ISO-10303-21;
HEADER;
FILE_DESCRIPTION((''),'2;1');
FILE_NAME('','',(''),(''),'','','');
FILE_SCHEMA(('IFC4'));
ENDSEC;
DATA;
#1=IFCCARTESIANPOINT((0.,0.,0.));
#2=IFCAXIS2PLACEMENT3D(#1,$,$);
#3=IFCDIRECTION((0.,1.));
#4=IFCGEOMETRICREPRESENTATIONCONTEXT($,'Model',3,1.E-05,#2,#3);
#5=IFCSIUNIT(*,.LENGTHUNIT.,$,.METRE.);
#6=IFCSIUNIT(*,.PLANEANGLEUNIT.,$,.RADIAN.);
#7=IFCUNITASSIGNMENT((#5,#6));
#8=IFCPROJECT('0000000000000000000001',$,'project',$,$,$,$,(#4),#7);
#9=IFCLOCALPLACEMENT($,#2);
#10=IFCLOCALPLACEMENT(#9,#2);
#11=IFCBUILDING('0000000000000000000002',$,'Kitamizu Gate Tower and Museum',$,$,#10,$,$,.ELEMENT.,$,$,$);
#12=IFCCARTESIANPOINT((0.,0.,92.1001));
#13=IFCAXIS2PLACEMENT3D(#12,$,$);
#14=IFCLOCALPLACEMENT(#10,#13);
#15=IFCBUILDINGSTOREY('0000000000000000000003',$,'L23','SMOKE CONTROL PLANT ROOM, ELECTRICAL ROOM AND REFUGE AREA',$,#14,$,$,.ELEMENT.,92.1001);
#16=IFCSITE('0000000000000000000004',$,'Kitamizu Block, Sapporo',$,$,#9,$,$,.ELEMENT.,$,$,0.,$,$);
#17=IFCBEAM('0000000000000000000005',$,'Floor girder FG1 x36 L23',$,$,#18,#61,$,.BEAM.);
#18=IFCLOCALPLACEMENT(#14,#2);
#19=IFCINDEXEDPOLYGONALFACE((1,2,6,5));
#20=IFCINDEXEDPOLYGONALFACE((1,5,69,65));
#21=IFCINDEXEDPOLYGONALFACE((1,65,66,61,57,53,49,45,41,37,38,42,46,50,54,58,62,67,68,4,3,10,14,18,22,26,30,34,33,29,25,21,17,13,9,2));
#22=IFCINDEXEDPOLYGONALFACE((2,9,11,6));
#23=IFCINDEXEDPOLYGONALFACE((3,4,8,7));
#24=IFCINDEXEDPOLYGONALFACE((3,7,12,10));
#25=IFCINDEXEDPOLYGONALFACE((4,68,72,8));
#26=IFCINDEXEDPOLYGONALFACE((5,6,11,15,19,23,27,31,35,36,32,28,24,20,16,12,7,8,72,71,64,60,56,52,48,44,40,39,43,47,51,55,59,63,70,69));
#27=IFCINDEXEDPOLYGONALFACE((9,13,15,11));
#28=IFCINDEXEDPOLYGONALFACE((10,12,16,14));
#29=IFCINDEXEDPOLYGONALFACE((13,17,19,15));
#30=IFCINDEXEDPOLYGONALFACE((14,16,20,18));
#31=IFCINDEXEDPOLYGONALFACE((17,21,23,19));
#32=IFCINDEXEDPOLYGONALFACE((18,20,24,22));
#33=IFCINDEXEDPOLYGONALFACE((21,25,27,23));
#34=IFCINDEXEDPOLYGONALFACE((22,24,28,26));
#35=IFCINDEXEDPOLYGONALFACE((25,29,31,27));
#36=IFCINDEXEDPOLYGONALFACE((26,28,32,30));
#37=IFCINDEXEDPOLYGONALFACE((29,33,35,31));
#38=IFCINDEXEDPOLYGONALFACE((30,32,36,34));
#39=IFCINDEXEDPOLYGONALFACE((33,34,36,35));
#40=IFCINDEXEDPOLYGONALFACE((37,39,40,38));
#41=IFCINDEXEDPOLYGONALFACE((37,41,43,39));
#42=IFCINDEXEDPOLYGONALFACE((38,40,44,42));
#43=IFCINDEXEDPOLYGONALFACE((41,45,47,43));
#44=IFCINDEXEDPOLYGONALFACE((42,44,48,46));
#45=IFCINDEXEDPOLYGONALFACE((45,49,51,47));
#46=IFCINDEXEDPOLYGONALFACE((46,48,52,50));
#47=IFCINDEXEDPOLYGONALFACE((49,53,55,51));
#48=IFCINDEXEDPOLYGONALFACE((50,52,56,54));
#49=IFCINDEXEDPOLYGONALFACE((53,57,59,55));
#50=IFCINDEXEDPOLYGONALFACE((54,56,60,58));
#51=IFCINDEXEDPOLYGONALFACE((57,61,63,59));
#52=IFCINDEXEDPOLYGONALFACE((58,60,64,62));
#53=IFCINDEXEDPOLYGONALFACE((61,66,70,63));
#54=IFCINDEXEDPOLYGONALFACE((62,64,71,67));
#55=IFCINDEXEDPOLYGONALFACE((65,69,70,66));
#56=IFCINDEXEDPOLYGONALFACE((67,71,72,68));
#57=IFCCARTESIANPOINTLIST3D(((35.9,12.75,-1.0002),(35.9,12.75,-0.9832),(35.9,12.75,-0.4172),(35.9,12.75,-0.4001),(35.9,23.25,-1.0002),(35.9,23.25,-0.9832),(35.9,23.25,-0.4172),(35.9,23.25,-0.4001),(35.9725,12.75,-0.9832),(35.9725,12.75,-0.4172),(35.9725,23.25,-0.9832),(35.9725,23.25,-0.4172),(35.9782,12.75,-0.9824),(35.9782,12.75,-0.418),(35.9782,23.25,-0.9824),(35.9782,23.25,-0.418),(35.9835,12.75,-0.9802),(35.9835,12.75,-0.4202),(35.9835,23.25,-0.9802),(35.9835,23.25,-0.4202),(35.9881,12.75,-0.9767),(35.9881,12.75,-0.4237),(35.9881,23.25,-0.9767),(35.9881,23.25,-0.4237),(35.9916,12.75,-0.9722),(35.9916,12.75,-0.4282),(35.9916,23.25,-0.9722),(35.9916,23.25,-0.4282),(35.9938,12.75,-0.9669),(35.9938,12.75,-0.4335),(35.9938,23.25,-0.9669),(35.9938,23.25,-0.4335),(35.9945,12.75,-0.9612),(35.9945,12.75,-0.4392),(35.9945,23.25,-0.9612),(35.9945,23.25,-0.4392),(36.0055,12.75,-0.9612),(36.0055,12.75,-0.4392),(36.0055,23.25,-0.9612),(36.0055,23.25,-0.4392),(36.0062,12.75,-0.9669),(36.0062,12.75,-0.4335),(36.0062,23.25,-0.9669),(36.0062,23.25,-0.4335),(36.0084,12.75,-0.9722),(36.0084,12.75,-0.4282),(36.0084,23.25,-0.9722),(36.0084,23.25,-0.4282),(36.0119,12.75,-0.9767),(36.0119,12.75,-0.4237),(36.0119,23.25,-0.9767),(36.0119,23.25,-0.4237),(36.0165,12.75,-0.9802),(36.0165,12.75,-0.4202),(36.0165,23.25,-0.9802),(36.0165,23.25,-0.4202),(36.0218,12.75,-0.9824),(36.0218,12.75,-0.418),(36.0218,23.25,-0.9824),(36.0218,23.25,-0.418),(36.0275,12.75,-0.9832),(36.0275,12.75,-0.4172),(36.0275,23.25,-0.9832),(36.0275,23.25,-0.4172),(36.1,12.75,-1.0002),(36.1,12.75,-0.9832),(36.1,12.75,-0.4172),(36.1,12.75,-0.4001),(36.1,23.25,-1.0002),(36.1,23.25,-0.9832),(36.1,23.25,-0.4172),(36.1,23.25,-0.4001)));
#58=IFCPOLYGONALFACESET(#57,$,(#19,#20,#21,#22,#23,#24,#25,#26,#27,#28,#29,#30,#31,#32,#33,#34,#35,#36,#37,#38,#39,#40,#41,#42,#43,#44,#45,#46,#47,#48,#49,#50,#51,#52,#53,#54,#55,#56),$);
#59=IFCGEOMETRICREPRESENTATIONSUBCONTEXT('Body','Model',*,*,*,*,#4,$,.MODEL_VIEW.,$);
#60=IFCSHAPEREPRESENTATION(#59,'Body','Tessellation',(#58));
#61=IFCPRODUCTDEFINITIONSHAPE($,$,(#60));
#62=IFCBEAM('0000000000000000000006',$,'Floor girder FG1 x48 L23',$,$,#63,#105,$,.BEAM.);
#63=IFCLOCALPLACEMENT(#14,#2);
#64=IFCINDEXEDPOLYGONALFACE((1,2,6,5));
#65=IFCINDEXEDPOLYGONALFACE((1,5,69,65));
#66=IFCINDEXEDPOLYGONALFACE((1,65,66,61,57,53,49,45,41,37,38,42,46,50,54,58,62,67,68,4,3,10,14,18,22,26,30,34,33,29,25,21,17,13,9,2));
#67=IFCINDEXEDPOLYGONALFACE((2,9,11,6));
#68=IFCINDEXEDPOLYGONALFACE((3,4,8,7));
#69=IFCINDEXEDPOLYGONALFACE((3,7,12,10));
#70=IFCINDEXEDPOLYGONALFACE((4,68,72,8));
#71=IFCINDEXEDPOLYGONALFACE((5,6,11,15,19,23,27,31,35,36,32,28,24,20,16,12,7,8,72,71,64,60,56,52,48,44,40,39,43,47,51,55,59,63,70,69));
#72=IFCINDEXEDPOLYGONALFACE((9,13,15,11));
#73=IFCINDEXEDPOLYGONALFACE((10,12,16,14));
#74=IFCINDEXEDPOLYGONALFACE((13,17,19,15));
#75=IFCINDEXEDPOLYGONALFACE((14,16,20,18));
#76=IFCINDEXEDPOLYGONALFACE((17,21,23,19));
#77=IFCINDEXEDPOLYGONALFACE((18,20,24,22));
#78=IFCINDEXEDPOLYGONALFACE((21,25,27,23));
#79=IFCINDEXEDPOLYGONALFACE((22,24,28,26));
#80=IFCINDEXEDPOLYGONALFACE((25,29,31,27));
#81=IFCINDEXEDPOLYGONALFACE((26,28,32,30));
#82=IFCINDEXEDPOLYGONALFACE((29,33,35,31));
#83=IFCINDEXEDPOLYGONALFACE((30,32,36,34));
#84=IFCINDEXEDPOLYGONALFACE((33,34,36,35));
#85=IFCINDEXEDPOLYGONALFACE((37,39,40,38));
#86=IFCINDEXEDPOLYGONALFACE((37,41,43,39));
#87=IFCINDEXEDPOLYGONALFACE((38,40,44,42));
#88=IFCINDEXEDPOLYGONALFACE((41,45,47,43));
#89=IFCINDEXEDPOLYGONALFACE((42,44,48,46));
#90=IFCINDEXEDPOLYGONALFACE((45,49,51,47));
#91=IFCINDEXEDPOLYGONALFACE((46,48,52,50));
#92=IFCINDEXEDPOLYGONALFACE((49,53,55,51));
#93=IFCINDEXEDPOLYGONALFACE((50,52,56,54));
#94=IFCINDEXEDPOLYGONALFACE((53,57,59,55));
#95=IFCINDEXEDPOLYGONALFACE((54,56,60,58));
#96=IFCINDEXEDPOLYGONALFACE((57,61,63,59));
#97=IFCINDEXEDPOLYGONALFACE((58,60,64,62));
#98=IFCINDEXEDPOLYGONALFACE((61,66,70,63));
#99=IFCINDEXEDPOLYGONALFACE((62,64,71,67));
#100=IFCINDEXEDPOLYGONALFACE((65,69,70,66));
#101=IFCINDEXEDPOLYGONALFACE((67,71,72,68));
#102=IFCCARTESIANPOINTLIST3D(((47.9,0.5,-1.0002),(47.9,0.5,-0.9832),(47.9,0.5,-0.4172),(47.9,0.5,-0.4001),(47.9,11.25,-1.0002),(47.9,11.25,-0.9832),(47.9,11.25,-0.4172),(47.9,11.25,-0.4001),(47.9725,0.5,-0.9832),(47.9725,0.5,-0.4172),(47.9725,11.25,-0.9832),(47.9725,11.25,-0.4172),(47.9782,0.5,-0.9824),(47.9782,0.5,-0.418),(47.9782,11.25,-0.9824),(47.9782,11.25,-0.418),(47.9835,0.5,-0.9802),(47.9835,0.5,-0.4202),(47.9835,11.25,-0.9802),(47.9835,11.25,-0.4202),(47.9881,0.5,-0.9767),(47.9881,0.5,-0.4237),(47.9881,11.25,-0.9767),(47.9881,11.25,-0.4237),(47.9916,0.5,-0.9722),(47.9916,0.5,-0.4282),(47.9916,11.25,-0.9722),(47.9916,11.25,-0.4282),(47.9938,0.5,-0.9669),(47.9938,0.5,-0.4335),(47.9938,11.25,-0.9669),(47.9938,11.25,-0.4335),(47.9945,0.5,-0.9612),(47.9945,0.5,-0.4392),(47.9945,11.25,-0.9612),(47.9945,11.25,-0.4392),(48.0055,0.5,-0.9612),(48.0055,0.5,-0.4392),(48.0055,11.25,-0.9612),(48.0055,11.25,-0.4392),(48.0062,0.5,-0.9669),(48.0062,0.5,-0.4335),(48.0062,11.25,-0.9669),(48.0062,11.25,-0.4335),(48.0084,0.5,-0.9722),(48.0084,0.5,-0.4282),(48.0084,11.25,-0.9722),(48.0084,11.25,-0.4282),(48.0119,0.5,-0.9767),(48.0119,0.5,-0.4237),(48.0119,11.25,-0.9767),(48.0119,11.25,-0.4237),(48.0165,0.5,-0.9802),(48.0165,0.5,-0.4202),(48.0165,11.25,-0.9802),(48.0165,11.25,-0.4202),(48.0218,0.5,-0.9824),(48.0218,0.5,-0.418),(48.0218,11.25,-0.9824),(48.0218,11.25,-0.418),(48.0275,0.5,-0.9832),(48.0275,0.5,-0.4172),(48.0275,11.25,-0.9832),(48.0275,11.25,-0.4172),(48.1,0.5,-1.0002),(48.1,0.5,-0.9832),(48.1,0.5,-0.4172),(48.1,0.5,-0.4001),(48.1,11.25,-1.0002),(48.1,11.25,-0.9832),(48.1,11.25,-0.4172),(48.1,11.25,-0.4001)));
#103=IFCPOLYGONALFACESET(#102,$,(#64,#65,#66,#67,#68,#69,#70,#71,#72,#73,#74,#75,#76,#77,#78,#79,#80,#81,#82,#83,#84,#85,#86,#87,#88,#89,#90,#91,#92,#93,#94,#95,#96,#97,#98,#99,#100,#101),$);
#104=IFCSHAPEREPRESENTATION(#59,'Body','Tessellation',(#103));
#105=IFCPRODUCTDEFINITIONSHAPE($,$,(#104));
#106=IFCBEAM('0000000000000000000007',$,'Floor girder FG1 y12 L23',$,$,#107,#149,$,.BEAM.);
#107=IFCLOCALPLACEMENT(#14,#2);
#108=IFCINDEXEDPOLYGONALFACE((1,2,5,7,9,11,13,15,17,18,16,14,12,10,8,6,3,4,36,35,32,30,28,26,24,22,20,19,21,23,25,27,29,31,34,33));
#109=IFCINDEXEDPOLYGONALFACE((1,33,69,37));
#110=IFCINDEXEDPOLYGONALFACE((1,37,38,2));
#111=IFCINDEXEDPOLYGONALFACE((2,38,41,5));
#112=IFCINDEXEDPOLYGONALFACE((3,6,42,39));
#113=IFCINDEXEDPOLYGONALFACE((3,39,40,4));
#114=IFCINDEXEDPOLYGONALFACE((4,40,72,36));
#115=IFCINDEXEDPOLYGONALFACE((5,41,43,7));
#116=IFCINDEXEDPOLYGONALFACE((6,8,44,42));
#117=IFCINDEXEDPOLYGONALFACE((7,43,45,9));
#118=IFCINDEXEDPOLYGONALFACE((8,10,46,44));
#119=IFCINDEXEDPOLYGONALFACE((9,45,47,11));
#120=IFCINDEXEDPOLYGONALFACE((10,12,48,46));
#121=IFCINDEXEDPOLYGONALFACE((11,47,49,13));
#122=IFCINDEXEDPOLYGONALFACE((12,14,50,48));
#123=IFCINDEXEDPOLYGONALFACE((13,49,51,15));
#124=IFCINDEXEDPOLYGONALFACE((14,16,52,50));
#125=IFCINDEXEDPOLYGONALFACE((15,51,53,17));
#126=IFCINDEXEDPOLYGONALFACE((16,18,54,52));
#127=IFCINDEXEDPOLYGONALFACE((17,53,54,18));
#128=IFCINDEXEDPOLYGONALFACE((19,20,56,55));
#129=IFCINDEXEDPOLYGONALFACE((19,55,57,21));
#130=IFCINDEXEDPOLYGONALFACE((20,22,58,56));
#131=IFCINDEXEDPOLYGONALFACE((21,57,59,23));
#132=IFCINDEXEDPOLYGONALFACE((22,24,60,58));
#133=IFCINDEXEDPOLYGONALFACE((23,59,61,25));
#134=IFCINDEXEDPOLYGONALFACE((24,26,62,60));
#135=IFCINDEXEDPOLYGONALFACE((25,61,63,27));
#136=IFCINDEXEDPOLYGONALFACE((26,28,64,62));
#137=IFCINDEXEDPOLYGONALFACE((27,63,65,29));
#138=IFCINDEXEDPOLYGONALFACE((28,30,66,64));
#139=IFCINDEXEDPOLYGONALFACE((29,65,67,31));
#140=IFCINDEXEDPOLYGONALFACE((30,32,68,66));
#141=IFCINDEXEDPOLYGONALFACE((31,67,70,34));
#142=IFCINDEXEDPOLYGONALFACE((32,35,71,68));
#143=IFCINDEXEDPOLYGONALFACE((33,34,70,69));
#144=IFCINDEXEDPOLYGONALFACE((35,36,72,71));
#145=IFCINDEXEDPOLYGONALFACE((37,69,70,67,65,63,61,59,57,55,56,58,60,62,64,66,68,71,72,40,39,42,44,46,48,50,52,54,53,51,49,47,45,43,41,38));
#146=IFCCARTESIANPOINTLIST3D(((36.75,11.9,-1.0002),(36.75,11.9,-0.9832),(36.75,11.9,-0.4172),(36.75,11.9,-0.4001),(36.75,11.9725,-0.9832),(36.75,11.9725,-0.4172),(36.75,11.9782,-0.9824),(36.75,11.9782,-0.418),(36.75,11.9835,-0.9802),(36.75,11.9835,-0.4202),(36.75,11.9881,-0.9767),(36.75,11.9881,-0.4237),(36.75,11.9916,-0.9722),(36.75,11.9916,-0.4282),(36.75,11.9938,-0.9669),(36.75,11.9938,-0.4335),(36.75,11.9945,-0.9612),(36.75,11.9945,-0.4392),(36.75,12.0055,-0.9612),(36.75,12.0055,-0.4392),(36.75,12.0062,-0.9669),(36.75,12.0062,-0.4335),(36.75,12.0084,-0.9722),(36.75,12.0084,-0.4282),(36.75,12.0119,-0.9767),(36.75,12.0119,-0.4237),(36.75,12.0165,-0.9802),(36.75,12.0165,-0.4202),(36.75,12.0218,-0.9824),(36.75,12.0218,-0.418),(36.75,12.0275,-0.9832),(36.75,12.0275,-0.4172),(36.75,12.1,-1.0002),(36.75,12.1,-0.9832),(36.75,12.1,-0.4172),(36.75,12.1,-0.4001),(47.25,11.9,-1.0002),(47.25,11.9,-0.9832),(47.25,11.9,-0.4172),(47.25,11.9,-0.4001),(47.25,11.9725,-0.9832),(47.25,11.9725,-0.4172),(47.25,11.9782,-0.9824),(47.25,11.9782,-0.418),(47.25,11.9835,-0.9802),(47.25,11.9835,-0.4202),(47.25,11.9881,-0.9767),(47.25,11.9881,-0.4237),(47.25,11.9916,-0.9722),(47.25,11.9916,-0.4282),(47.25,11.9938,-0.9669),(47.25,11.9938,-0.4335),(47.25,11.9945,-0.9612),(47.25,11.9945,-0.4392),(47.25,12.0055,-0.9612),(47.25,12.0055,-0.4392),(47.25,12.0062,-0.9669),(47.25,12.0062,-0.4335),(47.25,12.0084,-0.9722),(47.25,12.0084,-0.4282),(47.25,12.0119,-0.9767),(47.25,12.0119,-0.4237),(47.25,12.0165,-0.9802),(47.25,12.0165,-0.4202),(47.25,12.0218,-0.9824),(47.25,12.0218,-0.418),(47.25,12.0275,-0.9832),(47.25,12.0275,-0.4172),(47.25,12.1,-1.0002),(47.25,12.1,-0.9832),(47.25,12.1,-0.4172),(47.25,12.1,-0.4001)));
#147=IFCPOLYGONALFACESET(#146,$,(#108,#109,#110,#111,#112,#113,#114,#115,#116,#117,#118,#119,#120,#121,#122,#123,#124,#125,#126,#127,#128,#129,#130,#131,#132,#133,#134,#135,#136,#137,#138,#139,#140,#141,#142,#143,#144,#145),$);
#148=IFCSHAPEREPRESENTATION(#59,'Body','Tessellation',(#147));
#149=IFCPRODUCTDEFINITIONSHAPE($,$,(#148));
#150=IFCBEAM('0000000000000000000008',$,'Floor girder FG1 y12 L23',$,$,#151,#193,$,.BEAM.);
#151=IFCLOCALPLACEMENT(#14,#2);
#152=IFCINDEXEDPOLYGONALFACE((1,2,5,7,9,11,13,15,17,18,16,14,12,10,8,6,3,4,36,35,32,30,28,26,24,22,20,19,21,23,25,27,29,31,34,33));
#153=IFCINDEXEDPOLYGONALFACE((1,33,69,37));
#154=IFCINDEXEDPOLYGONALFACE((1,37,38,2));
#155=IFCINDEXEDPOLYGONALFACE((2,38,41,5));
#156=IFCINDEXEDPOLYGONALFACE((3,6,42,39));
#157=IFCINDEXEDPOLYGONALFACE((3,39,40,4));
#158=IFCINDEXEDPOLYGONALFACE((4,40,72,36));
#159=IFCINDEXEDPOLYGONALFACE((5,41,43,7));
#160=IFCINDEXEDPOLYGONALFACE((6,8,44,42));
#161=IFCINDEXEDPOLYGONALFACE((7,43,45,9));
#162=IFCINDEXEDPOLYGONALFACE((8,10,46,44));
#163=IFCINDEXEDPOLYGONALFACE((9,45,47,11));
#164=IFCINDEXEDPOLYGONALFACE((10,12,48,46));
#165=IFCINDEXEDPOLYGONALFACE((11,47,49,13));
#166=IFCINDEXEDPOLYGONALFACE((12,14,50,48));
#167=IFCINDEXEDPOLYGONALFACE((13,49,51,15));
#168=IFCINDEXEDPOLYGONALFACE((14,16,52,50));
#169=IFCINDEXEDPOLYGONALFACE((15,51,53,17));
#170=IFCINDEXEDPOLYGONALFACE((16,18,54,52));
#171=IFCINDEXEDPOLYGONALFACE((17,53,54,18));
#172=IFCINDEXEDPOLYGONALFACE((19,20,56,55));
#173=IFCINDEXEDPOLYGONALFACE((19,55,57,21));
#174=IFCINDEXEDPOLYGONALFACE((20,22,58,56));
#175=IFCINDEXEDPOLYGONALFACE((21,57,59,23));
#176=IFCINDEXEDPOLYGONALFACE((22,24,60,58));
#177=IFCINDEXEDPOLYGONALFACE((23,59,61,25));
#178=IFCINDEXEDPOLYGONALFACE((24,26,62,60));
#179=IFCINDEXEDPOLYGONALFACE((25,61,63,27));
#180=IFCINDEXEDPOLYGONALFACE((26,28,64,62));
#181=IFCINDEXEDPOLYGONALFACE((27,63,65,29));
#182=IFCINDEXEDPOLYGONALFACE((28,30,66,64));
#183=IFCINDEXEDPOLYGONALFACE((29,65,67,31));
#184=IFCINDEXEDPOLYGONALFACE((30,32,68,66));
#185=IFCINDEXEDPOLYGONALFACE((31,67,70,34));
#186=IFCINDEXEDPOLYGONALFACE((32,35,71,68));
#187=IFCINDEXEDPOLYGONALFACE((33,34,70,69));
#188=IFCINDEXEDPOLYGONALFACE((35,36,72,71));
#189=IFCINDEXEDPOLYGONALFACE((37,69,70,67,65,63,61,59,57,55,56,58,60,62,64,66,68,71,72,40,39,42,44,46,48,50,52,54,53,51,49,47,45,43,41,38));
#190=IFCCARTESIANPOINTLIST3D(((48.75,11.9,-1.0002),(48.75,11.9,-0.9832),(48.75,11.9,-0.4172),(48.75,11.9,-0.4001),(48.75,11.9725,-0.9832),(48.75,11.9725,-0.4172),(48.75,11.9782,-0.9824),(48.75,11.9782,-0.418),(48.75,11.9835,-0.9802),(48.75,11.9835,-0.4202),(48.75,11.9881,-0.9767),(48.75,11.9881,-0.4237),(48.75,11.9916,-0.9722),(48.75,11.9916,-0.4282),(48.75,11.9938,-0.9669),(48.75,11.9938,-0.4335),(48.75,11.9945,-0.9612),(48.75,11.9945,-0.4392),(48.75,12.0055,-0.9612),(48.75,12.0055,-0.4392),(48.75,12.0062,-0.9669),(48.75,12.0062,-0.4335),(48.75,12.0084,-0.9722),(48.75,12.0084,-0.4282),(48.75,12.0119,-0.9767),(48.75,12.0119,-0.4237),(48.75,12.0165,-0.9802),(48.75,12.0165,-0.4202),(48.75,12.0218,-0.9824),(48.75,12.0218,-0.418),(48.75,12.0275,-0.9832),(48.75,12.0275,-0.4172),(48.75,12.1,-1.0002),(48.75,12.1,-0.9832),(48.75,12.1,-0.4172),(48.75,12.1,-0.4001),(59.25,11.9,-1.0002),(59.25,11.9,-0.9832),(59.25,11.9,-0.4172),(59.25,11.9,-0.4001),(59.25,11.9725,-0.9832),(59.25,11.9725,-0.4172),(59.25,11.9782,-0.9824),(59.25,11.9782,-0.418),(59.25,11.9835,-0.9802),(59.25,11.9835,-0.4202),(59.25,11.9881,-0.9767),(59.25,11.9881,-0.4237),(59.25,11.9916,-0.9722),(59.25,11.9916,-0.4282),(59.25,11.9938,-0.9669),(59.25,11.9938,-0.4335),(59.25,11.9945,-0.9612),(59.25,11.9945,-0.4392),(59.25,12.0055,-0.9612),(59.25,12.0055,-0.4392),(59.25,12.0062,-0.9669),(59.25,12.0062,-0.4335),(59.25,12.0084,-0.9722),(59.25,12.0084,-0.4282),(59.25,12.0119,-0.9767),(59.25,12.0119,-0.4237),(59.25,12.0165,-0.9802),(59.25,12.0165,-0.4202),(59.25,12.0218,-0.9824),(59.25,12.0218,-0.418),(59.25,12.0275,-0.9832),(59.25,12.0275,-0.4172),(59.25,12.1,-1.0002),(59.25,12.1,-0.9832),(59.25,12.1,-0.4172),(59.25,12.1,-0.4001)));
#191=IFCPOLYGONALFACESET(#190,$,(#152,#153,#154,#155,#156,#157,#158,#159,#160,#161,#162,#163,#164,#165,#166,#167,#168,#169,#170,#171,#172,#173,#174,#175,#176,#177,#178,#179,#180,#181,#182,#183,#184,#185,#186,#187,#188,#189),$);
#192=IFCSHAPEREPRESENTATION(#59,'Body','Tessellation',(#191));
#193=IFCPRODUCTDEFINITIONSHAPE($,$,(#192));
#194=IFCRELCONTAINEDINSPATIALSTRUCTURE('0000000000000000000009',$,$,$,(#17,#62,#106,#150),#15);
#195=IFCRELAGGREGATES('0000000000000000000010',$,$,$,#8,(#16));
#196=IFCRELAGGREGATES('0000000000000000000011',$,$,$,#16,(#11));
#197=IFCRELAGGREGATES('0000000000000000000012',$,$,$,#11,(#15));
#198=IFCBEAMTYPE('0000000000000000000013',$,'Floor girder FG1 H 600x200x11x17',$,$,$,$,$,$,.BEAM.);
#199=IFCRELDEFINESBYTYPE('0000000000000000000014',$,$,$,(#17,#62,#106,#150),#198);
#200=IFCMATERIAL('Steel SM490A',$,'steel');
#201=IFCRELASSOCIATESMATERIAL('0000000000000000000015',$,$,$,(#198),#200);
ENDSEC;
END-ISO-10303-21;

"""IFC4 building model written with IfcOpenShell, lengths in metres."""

from ifc_helpers import new_model, si_unit, direction, frame, origin, origin_2d, place, context, subcontext, project, spatial, i_section, extrude, material, material_profile, profile_set, type_object, element, save


model = new_model("IFC4")

# Units and contexts
model_context = context("Model", 3, precision=1e-05, world=origin(), true_north=direction((0.0, 1.0)))
body_context = subcontext(model_context, "Body", "Model", "MODEL_VIEW")
ifc_project = project(units=[si_unit("LENGTHUNIT", "METRE"), si_unit("PLANEANGLEUNIT", "RADIAN")], contexts=[model_context])

# Site, building, storey
site_placement = place(None, origin())
site = spatial("IfcSite", under=ifc_project, at=site_placement, Name="Kitamizu Block, Sapporo", CompositionType="ELEMENT", RefElevation=0.0)
building_placement = place(site_placement, origin())
building = spatial("IfcBuilding", under=site, at=building_placement, Name="Kitamizu Gate Tower and Museum", CompositionType="ELEMENT")
storey_placement = place(building_placement, frame((0.0, 0.0, 92.1001)))
storey = spatial("IfcBuildingStorey", under=building, at=storey_placement, Name="L23", Description="SMOKE CONTROL PLANT ROOM, ELECTRICAL ROOM AND REFUGE AREA", CompositionType="ELEMENT", Elevation=92.1001)

# Beams
ifc_material_1 = material(Name="Steel SM490A", Category="steel")
ifc_material_profile_1 = material_profile(ifc_material_1, i_section(OverallWidth=0.2, OverallDepth=0.6001, WebThickness=0.011, FlangeThickness=0.0171, FilletRadius=0.022, at=origin_2d()), Name="H-600x200x11x17")
ifc_profile_set_1 = profile_set([ifc_material_profile_1], Name="Steel SM490A")
beam_type_1 = type_object("IfcBeamType", Name="Floor girder FG1 H 600x200x11x17", PredefinedType="BEAM", material=ifc_profile_set_1)
beam_1_placement = place(storey_placement, frame((36.0, 12.75, -0.7002), z_axis=(0.0, 1.0, 0.0), x_axis=(-1.0, 0.0, 0.0)))
element("IfcBeam", 1, at=beam_1_placement, inside=storey, type_object=beam_type_1, Name="Floor girder FG1 x36 L23", PredefinedType="BEAM", context=body_context, shape_type="SweptSolid", body=[
    extrude(i_section(OverallWidth=0.2, OverallDepth=0.6001, WebThickness=0.011, FlangeThickness=0.0171, FilletRadius=0.022, at=origin_2d()), origin(), (0.0, 0.0, 1.0), 10.5),
])
beam_2_placement = place(storey_placement, frame((48.0, 0.5, -0.7002), z_axis=(0.0, 1.0, 0.0), x_axis=(-1.0, 0.0, 0.0)))
element("IfcBeam", 2, at=beam_2_placement, inside=storey, type_object=beam_type_1, Name="Floor girder FG1 x48 L23", PredefinedType="BEAM", context=body_context, shape_type="SweptSolid", body=[
    extrude(i_section(OverallWidth=0.2, OverallDepth=0.6001, WebThickness=0.011, FlangeThickness=0.0171, FilletRadius=0.022, at=origin_2d()), origin(), (0.0, 0.0, 1.0), 10.75),
])
for number, where, z_axis, x_axis, name in (
    (3, (36.75, 12.0, -0.7002), (1.0, 0.0, 0.0), (0.0, 1.0, 0.0), "Floor girder FG1 y12 L23"),
    (4, (48.75, 12.0, -0.7002), (1.0, 0.0, 0.0), (0.0, 1.0, 0.0), "Floor girder FG1 y12 L23"),
):
    element("IfcBeam", number, at=place(storey_placement, frame(where, z_axis=z_axis, x_axis=x_axis)), inside=storey, type_object=beam_type_1, Name=name, PredefinedType="BEAM", context=body_context, shape_type="SweptSolid", body=[
        extrude(i_section(OverallWidth=0.2, OverallDepth=0.6001, WebThickness=0.011, FlangeThickness=0.0171, FilletRadius=0.022, at=origin_2d()), origin(), (0.0, 0.0, 1.0), 10.5),
    ])

save(model, "model.ifc")
